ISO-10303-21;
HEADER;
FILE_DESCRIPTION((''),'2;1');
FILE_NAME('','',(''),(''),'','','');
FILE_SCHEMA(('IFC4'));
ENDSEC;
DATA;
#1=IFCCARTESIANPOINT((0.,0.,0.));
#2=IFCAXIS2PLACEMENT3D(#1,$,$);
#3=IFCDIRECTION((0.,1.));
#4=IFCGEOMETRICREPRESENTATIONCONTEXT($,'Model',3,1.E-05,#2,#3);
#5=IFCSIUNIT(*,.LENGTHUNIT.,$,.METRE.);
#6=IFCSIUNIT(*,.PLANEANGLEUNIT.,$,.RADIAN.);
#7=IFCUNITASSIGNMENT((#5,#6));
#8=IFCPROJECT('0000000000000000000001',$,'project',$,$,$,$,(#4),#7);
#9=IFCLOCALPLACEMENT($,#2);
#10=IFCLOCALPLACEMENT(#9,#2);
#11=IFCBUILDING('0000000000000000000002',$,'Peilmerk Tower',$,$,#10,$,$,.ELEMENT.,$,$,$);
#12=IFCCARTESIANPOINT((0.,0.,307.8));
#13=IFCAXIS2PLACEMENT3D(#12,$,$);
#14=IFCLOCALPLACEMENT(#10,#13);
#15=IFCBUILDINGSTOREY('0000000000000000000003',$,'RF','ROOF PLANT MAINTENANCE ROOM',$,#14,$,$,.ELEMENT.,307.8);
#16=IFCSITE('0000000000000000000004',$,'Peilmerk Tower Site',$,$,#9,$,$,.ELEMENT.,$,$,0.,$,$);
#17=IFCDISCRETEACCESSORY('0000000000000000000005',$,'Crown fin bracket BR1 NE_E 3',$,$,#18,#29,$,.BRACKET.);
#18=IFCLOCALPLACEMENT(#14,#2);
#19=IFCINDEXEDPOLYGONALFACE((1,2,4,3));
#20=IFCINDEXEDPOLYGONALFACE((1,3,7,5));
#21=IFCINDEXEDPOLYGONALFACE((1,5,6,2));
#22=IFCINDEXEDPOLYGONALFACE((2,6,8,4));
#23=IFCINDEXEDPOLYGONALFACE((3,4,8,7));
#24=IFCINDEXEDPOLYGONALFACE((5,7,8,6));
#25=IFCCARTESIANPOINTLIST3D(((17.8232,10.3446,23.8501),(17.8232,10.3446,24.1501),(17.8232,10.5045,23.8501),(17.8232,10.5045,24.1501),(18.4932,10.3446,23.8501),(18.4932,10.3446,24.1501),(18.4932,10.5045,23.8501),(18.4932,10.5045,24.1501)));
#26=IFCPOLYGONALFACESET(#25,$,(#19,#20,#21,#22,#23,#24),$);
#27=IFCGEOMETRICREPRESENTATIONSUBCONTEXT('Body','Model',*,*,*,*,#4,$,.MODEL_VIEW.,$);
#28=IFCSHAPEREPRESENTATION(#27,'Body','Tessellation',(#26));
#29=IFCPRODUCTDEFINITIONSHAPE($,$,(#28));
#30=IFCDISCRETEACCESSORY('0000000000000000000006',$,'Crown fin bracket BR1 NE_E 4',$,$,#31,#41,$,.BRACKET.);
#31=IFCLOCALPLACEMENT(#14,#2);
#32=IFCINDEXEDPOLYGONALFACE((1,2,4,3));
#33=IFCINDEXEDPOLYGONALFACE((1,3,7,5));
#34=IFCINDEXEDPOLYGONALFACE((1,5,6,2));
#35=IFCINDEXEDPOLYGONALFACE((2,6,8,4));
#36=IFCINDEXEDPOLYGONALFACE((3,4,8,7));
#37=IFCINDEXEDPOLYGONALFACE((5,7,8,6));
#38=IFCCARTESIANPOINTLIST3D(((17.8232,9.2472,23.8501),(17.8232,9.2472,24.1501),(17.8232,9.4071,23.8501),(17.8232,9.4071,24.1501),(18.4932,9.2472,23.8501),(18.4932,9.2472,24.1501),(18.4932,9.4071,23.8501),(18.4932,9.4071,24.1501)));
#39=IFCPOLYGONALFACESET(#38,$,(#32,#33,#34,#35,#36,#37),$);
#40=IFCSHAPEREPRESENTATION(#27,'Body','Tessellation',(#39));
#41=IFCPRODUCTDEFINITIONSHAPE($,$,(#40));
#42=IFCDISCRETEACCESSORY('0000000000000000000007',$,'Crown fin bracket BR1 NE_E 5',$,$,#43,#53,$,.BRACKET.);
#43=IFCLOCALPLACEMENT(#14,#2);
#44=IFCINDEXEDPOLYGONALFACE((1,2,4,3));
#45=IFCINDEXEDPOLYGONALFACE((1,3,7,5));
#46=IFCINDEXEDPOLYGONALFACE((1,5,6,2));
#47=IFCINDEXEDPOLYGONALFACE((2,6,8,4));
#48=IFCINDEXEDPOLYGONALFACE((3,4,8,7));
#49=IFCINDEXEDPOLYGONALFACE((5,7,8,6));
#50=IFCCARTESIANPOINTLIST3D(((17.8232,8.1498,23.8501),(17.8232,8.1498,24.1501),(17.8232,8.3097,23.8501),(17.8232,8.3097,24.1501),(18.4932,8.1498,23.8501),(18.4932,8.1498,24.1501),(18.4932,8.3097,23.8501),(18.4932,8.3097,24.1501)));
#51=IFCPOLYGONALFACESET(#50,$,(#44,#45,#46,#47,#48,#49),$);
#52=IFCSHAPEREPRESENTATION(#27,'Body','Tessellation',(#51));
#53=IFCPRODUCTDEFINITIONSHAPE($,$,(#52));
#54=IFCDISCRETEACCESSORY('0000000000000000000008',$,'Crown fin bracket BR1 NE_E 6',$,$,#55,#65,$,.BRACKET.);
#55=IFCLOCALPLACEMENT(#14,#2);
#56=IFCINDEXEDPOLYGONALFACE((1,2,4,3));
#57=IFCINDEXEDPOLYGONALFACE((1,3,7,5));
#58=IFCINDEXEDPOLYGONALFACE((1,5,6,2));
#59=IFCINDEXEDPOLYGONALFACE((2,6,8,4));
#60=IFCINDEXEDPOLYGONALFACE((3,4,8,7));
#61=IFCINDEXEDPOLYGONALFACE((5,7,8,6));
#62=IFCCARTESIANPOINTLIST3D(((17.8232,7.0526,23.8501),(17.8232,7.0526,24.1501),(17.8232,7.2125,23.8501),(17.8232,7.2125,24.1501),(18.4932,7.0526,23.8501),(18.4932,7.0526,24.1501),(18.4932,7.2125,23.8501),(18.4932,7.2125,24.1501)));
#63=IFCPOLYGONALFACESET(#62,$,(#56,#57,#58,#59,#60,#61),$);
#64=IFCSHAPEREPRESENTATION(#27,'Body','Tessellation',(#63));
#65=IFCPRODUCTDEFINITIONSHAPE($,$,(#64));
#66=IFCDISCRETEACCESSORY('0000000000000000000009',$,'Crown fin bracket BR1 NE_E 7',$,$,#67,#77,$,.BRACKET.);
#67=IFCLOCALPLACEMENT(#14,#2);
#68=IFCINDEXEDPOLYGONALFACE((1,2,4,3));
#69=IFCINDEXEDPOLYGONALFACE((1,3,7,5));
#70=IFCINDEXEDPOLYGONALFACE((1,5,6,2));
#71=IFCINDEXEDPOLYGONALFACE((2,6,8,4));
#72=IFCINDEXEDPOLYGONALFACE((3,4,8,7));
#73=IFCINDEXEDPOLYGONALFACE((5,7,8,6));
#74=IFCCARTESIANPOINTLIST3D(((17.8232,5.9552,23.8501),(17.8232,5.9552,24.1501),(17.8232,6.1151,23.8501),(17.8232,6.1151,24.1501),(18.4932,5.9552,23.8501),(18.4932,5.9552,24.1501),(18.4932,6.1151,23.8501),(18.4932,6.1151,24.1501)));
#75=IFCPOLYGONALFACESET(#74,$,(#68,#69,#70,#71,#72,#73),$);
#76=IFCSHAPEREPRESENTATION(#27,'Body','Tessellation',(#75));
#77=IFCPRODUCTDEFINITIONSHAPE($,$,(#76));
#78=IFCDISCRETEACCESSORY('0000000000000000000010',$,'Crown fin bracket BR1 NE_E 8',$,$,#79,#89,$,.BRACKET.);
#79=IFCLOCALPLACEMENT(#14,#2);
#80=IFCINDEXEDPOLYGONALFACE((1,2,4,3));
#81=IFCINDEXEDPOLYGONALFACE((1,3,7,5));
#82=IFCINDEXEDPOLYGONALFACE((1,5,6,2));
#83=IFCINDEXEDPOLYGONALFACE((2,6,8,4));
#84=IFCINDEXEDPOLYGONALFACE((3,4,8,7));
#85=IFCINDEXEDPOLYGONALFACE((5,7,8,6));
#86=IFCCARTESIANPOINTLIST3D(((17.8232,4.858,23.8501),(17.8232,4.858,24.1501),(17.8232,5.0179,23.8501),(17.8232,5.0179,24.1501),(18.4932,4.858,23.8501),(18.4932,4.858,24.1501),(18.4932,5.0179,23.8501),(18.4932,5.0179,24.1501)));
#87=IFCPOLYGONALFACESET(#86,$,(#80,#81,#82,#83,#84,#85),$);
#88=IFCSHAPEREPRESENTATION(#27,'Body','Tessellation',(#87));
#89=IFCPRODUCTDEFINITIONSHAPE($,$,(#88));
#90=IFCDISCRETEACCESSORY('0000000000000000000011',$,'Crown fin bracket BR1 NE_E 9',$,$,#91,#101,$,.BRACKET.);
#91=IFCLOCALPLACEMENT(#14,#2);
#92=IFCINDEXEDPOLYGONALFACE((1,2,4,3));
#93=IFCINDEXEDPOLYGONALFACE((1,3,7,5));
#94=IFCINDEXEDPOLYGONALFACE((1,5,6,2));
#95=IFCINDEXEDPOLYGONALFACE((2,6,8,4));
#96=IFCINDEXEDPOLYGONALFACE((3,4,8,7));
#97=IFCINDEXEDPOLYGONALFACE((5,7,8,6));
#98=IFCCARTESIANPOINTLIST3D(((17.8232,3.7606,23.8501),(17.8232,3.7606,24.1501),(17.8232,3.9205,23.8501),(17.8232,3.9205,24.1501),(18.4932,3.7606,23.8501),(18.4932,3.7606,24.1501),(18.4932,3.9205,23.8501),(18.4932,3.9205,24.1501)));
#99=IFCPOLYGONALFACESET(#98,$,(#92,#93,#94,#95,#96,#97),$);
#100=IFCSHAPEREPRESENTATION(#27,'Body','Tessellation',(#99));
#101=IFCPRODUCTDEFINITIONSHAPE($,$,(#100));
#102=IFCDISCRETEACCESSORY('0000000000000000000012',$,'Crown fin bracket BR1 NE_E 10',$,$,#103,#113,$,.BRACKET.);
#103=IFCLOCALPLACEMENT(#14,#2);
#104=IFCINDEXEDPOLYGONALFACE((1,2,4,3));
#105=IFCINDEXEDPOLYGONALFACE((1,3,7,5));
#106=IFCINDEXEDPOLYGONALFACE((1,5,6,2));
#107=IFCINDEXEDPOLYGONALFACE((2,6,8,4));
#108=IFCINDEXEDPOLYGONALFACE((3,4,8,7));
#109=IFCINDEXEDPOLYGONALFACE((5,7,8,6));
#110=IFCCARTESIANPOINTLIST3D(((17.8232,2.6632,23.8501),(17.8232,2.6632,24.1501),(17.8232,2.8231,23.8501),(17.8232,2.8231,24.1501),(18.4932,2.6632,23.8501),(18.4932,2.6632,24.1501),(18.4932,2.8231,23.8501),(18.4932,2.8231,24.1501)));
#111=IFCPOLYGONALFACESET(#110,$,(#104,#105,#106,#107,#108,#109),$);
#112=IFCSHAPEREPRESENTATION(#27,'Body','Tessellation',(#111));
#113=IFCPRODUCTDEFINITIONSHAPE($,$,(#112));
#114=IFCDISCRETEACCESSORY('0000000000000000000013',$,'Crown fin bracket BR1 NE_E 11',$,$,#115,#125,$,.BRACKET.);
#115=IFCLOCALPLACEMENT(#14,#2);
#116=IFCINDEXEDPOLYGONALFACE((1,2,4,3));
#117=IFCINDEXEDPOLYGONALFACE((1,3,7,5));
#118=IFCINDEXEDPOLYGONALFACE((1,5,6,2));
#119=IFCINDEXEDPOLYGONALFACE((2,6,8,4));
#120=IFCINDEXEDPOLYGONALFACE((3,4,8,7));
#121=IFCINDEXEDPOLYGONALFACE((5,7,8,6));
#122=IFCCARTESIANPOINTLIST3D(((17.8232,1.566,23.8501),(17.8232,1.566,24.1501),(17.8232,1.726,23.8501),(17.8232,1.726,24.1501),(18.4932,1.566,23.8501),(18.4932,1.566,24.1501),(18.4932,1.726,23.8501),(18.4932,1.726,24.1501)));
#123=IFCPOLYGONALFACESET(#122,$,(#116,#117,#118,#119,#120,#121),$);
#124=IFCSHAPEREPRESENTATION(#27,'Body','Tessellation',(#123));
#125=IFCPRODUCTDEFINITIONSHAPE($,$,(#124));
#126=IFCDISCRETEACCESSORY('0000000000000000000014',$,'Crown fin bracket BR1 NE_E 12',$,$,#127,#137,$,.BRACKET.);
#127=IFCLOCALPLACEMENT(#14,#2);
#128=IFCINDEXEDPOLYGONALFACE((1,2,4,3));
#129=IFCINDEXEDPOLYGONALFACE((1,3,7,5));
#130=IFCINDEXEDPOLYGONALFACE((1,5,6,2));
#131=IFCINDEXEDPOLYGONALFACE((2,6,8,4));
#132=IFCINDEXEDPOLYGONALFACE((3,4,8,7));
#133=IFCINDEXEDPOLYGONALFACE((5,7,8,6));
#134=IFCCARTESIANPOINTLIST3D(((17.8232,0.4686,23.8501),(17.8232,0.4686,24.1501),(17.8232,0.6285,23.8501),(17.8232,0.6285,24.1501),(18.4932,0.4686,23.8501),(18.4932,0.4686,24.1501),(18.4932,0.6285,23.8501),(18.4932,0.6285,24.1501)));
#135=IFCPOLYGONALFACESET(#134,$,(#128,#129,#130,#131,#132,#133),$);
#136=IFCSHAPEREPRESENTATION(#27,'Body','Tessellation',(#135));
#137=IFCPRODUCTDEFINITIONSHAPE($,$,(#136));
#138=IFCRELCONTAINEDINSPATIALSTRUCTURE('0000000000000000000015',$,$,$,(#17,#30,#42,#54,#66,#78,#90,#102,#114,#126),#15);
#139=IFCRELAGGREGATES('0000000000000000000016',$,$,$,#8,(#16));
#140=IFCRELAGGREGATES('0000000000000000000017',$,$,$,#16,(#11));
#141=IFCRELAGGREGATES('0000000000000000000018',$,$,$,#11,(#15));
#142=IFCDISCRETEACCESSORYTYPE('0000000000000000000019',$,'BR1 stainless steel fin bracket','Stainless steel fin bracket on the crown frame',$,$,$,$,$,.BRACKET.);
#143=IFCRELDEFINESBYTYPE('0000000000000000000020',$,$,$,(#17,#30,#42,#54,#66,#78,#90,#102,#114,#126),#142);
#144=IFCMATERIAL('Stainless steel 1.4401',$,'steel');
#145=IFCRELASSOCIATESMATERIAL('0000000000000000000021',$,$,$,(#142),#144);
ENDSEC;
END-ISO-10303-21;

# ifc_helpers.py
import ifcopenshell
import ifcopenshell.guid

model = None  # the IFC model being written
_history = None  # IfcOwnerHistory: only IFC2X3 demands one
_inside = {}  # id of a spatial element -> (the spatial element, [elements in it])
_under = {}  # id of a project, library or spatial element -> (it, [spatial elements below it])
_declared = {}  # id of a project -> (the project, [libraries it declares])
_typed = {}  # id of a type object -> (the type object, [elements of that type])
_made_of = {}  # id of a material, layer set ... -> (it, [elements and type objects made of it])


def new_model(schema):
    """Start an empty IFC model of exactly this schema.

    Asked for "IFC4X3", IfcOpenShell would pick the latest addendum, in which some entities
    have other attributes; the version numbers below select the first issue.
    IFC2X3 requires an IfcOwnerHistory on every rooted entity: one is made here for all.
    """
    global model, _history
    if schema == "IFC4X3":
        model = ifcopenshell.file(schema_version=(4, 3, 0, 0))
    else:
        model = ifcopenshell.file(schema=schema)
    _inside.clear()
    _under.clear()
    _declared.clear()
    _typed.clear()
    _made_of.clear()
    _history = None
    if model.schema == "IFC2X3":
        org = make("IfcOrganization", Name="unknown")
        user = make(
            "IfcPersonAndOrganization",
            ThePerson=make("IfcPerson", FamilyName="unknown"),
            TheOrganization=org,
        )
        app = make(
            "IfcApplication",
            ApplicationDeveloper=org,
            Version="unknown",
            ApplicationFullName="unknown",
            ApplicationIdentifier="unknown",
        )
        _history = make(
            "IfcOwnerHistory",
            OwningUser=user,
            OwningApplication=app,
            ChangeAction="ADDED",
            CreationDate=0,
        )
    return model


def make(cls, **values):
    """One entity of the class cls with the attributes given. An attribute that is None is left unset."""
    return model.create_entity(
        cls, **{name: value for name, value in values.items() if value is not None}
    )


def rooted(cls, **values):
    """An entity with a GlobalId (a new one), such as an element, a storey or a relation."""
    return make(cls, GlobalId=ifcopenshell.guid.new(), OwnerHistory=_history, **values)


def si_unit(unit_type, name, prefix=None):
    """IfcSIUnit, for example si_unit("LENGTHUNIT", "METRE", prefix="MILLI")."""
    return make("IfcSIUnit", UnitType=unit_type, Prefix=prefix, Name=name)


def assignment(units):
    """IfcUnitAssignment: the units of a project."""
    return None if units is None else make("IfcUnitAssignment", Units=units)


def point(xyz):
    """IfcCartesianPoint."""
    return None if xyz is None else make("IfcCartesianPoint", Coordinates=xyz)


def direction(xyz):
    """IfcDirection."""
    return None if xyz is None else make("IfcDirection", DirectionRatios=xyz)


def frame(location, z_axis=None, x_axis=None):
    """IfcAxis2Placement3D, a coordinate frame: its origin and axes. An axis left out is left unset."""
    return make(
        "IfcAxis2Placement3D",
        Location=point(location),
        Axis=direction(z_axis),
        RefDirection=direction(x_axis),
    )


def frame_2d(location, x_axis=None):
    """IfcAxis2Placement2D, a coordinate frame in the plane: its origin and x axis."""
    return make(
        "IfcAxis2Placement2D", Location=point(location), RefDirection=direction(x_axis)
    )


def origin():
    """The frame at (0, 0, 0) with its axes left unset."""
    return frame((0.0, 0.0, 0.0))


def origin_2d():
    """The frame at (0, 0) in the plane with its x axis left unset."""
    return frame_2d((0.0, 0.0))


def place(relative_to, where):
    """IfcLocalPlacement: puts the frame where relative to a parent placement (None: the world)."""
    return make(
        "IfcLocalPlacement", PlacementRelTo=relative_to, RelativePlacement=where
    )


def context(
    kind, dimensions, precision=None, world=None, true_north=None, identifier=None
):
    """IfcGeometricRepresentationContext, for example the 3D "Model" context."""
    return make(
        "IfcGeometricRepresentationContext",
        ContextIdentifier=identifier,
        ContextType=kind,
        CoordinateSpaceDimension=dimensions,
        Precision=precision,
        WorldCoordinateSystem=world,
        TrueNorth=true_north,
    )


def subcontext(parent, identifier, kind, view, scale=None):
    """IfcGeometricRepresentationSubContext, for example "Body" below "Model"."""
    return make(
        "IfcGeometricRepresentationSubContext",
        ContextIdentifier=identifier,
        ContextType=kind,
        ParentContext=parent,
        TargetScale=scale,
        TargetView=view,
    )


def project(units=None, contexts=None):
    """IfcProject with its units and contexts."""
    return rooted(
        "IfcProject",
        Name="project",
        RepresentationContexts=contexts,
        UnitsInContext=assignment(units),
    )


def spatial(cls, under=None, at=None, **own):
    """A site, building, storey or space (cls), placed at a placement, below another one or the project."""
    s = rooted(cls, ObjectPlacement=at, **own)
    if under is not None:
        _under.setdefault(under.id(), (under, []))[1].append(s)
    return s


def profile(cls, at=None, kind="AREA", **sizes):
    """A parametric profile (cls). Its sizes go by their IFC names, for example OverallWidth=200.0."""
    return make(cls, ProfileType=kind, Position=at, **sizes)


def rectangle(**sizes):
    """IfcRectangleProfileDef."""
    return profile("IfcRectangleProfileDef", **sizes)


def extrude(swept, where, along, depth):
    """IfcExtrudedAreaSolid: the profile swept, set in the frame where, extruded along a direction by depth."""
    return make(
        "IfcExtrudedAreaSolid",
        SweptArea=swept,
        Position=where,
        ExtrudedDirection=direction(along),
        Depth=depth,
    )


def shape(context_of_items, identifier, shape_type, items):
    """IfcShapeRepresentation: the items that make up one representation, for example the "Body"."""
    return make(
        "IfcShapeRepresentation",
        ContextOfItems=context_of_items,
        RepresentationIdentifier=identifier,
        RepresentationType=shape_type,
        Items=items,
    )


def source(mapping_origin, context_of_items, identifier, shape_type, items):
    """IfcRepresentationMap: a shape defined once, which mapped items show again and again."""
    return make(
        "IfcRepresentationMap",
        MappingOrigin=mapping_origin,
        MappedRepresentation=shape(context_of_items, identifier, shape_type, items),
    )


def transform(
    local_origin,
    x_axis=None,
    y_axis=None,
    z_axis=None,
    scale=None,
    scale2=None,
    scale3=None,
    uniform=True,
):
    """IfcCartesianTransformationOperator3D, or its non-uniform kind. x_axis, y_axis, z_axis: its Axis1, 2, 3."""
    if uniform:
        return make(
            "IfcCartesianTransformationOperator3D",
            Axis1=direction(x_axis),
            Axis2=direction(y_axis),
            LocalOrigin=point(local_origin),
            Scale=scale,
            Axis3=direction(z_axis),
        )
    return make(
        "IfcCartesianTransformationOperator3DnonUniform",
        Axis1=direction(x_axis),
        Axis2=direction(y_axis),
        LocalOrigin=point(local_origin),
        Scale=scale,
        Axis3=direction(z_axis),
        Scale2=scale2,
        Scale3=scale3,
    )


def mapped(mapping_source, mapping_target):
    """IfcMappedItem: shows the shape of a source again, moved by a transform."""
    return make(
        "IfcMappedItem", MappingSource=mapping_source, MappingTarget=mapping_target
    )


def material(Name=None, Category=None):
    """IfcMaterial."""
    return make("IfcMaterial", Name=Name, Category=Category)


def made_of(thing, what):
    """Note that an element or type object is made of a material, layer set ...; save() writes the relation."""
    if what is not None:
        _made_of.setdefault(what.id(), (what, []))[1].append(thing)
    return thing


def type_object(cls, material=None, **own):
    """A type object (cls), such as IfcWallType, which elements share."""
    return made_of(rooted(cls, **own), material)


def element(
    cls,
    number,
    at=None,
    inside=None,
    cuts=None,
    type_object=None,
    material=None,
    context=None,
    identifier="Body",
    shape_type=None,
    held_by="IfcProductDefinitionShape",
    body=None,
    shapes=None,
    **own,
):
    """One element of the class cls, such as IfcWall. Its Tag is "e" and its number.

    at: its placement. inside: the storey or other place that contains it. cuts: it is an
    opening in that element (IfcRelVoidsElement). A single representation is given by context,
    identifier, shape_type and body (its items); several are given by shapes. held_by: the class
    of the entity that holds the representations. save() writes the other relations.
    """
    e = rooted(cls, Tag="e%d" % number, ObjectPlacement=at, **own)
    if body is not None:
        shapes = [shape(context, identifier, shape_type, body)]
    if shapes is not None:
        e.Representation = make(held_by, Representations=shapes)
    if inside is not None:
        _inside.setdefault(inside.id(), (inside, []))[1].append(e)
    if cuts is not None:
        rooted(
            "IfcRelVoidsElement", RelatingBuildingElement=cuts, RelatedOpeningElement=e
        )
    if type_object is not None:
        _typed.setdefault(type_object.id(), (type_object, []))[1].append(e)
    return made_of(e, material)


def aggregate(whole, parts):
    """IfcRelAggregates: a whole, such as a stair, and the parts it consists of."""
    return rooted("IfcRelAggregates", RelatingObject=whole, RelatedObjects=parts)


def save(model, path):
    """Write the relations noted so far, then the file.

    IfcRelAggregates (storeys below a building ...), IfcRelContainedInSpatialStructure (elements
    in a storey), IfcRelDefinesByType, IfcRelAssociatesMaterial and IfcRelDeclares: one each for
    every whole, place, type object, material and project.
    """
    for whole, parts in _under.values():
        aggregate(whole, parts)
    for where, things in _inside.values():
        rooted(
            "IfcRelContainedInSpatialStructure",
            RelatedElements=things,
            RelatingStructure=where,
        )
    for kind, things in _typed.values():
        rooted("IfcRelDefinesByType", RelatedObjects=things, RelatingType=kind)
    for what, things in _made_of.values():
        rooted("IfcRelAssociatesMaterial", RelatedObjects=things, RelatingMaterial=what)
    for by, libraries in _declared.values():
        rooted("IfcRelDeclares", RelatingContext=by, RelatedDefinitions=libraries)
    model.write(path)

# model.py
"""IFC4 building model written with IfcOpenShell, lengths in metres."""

from ifc_helpers import new_model, si_unit, direction, frame, origin, origin_2d, place, context, subcontext, project, spatial, rectangle, extrude, source, transform, mapped, material, type_object, element, save


model = new_model("IFC4")

# Units and contexts
model_context = context("Model", 3, precision=1e-05, world=origin(), true_north=direction((0.0, 1.0)))
body_context = subcontext(model_context, "Body", "Model", "MODEL_VIEW")
ifc_project = project(units=[si_unit("LENGTHUNIT", "METRE"), si_unit("PLANEANGLEUNIT", "RADIAN")], contexts=[model_context])

# Site, building, storey
site_placement = place(None, origin())
site = spatial("IfcSite", under=ifc_project, at=site_placement, Name="Peilmerk Tower Site", CompositionType="ELEMENT", RefElevation=0.0)
building_placement = place(site_placement, origin())
building = spatial("IfcBuilding", under=site, at=building_placement, Name="Peilmerk Tower", CompositionType="ELEMENT")
storey_placement = place(building_placement, frame((0.0, 0.0, 307.8)))
storey = spatial("IfcBuildingStorey", under=building, at=storey_placement, Name="RF", Description="ROOF PLANT MAINTENANCE ROOM", CompositionType="ELEMENT", Elevation=307.8)

# Discrete accessories
ifc_material_1 = material(Name="Stainless steel 1.4401", Category="steel")
discrete_accessory_type = type_object("IfcDiscreteAccessoryType", Name="BR1 stainless steel fin bracket", Description="Stainless steel fin bracket on the crown frame", PredefinedType="BRACKET", material=ifc_material_1)
shared_shape_1 = source(origin(), body_context, "Body", "SweptSolid", [
    extrude(rectangle(XDim=0.6699, YDim=0.1599, at=origin_2d()), origin(), (0.0, 0.0, 1.0), 0.3),
])
for number, where, z_axis, x_axis, name in (
    (1, (18.1582, 10.4246, 23.8501), (0.0, 0.0, 1.0), (1.0, 0.0, 0.0), "Crown fin bracket BR1 NE_E 3"),
    (2, (18.1582, 9.3271, 23.8501), (0.0, 0.0, 1.0), (1.0, 0.0, 0.0), "Crown fin bracket BR1 NE_E 4"),
    (3, (18.1582, 8.2297, 23.8501), (0.0, 0.0, 1.0), (1.0, 0.0, 0.0), "Crown fin bracket BR1 NE_E 5"),
    (4, (18.1582, 7.1326, 23.8501), (0.0, 0.0, 1.0), (1.0, 0.0, 0.0), "Crown fin bracket BR1 NE_E 6"),
    (5, (18.1582, 6.0352, 23.8501), (0.0, 0.0, 1.0), (1.0, 0.0, 0.0), "Crown fin bracket BR1 NE_E 7"),
    (6, (18.1582, 4.938, 23.8501), (0.0, 0.0, 1.0), (1.0, 0.0, 0.0), "Crown fin bracket BR1 NE_E 8"),
    (7, (18.1582, 3.8406, 23.8501), (0.0, 0.0, 1.0), (1.0, 0.0, 0.0), "Crown fin bracket BR1 NE_E 9"),
    (8, (18.1582, 2.7432, 23.8501), (0.0, 0.0, 1.0), (1.0, 0.0, 0.0), "Crown fin bracket BR1 NE_E 10"),
    (9, (18.1582, 1.646, 23.8501), (0.0, 0.0, 1.0), (1.0, 0.0, 0.0), "Crown fin bracket BR1 NE_E 11"),
    (10, (18.1582, 0.5486, 23.8501), (0.0, 0.0, 1.0), (1.0, 0.0, 0.0), "Crown fin bracket BR1 NE_E 12"),
):
    element("IfcDiscreteAccessory", number, at=place(storey_placement, frame(where, z_axis=z_axis, x_axis=x_axis)), inside=storey, type_object=discrete_accessory_type, Name=name, PredefinedType="BRACKET", context=body_context, shape_type="MappedRepresentation", body=[
        mapped(shared_shape_1, transform((0.0, 0.0, 0.0), scale=1.0)),
    ])

save(model, "model.ifc")
